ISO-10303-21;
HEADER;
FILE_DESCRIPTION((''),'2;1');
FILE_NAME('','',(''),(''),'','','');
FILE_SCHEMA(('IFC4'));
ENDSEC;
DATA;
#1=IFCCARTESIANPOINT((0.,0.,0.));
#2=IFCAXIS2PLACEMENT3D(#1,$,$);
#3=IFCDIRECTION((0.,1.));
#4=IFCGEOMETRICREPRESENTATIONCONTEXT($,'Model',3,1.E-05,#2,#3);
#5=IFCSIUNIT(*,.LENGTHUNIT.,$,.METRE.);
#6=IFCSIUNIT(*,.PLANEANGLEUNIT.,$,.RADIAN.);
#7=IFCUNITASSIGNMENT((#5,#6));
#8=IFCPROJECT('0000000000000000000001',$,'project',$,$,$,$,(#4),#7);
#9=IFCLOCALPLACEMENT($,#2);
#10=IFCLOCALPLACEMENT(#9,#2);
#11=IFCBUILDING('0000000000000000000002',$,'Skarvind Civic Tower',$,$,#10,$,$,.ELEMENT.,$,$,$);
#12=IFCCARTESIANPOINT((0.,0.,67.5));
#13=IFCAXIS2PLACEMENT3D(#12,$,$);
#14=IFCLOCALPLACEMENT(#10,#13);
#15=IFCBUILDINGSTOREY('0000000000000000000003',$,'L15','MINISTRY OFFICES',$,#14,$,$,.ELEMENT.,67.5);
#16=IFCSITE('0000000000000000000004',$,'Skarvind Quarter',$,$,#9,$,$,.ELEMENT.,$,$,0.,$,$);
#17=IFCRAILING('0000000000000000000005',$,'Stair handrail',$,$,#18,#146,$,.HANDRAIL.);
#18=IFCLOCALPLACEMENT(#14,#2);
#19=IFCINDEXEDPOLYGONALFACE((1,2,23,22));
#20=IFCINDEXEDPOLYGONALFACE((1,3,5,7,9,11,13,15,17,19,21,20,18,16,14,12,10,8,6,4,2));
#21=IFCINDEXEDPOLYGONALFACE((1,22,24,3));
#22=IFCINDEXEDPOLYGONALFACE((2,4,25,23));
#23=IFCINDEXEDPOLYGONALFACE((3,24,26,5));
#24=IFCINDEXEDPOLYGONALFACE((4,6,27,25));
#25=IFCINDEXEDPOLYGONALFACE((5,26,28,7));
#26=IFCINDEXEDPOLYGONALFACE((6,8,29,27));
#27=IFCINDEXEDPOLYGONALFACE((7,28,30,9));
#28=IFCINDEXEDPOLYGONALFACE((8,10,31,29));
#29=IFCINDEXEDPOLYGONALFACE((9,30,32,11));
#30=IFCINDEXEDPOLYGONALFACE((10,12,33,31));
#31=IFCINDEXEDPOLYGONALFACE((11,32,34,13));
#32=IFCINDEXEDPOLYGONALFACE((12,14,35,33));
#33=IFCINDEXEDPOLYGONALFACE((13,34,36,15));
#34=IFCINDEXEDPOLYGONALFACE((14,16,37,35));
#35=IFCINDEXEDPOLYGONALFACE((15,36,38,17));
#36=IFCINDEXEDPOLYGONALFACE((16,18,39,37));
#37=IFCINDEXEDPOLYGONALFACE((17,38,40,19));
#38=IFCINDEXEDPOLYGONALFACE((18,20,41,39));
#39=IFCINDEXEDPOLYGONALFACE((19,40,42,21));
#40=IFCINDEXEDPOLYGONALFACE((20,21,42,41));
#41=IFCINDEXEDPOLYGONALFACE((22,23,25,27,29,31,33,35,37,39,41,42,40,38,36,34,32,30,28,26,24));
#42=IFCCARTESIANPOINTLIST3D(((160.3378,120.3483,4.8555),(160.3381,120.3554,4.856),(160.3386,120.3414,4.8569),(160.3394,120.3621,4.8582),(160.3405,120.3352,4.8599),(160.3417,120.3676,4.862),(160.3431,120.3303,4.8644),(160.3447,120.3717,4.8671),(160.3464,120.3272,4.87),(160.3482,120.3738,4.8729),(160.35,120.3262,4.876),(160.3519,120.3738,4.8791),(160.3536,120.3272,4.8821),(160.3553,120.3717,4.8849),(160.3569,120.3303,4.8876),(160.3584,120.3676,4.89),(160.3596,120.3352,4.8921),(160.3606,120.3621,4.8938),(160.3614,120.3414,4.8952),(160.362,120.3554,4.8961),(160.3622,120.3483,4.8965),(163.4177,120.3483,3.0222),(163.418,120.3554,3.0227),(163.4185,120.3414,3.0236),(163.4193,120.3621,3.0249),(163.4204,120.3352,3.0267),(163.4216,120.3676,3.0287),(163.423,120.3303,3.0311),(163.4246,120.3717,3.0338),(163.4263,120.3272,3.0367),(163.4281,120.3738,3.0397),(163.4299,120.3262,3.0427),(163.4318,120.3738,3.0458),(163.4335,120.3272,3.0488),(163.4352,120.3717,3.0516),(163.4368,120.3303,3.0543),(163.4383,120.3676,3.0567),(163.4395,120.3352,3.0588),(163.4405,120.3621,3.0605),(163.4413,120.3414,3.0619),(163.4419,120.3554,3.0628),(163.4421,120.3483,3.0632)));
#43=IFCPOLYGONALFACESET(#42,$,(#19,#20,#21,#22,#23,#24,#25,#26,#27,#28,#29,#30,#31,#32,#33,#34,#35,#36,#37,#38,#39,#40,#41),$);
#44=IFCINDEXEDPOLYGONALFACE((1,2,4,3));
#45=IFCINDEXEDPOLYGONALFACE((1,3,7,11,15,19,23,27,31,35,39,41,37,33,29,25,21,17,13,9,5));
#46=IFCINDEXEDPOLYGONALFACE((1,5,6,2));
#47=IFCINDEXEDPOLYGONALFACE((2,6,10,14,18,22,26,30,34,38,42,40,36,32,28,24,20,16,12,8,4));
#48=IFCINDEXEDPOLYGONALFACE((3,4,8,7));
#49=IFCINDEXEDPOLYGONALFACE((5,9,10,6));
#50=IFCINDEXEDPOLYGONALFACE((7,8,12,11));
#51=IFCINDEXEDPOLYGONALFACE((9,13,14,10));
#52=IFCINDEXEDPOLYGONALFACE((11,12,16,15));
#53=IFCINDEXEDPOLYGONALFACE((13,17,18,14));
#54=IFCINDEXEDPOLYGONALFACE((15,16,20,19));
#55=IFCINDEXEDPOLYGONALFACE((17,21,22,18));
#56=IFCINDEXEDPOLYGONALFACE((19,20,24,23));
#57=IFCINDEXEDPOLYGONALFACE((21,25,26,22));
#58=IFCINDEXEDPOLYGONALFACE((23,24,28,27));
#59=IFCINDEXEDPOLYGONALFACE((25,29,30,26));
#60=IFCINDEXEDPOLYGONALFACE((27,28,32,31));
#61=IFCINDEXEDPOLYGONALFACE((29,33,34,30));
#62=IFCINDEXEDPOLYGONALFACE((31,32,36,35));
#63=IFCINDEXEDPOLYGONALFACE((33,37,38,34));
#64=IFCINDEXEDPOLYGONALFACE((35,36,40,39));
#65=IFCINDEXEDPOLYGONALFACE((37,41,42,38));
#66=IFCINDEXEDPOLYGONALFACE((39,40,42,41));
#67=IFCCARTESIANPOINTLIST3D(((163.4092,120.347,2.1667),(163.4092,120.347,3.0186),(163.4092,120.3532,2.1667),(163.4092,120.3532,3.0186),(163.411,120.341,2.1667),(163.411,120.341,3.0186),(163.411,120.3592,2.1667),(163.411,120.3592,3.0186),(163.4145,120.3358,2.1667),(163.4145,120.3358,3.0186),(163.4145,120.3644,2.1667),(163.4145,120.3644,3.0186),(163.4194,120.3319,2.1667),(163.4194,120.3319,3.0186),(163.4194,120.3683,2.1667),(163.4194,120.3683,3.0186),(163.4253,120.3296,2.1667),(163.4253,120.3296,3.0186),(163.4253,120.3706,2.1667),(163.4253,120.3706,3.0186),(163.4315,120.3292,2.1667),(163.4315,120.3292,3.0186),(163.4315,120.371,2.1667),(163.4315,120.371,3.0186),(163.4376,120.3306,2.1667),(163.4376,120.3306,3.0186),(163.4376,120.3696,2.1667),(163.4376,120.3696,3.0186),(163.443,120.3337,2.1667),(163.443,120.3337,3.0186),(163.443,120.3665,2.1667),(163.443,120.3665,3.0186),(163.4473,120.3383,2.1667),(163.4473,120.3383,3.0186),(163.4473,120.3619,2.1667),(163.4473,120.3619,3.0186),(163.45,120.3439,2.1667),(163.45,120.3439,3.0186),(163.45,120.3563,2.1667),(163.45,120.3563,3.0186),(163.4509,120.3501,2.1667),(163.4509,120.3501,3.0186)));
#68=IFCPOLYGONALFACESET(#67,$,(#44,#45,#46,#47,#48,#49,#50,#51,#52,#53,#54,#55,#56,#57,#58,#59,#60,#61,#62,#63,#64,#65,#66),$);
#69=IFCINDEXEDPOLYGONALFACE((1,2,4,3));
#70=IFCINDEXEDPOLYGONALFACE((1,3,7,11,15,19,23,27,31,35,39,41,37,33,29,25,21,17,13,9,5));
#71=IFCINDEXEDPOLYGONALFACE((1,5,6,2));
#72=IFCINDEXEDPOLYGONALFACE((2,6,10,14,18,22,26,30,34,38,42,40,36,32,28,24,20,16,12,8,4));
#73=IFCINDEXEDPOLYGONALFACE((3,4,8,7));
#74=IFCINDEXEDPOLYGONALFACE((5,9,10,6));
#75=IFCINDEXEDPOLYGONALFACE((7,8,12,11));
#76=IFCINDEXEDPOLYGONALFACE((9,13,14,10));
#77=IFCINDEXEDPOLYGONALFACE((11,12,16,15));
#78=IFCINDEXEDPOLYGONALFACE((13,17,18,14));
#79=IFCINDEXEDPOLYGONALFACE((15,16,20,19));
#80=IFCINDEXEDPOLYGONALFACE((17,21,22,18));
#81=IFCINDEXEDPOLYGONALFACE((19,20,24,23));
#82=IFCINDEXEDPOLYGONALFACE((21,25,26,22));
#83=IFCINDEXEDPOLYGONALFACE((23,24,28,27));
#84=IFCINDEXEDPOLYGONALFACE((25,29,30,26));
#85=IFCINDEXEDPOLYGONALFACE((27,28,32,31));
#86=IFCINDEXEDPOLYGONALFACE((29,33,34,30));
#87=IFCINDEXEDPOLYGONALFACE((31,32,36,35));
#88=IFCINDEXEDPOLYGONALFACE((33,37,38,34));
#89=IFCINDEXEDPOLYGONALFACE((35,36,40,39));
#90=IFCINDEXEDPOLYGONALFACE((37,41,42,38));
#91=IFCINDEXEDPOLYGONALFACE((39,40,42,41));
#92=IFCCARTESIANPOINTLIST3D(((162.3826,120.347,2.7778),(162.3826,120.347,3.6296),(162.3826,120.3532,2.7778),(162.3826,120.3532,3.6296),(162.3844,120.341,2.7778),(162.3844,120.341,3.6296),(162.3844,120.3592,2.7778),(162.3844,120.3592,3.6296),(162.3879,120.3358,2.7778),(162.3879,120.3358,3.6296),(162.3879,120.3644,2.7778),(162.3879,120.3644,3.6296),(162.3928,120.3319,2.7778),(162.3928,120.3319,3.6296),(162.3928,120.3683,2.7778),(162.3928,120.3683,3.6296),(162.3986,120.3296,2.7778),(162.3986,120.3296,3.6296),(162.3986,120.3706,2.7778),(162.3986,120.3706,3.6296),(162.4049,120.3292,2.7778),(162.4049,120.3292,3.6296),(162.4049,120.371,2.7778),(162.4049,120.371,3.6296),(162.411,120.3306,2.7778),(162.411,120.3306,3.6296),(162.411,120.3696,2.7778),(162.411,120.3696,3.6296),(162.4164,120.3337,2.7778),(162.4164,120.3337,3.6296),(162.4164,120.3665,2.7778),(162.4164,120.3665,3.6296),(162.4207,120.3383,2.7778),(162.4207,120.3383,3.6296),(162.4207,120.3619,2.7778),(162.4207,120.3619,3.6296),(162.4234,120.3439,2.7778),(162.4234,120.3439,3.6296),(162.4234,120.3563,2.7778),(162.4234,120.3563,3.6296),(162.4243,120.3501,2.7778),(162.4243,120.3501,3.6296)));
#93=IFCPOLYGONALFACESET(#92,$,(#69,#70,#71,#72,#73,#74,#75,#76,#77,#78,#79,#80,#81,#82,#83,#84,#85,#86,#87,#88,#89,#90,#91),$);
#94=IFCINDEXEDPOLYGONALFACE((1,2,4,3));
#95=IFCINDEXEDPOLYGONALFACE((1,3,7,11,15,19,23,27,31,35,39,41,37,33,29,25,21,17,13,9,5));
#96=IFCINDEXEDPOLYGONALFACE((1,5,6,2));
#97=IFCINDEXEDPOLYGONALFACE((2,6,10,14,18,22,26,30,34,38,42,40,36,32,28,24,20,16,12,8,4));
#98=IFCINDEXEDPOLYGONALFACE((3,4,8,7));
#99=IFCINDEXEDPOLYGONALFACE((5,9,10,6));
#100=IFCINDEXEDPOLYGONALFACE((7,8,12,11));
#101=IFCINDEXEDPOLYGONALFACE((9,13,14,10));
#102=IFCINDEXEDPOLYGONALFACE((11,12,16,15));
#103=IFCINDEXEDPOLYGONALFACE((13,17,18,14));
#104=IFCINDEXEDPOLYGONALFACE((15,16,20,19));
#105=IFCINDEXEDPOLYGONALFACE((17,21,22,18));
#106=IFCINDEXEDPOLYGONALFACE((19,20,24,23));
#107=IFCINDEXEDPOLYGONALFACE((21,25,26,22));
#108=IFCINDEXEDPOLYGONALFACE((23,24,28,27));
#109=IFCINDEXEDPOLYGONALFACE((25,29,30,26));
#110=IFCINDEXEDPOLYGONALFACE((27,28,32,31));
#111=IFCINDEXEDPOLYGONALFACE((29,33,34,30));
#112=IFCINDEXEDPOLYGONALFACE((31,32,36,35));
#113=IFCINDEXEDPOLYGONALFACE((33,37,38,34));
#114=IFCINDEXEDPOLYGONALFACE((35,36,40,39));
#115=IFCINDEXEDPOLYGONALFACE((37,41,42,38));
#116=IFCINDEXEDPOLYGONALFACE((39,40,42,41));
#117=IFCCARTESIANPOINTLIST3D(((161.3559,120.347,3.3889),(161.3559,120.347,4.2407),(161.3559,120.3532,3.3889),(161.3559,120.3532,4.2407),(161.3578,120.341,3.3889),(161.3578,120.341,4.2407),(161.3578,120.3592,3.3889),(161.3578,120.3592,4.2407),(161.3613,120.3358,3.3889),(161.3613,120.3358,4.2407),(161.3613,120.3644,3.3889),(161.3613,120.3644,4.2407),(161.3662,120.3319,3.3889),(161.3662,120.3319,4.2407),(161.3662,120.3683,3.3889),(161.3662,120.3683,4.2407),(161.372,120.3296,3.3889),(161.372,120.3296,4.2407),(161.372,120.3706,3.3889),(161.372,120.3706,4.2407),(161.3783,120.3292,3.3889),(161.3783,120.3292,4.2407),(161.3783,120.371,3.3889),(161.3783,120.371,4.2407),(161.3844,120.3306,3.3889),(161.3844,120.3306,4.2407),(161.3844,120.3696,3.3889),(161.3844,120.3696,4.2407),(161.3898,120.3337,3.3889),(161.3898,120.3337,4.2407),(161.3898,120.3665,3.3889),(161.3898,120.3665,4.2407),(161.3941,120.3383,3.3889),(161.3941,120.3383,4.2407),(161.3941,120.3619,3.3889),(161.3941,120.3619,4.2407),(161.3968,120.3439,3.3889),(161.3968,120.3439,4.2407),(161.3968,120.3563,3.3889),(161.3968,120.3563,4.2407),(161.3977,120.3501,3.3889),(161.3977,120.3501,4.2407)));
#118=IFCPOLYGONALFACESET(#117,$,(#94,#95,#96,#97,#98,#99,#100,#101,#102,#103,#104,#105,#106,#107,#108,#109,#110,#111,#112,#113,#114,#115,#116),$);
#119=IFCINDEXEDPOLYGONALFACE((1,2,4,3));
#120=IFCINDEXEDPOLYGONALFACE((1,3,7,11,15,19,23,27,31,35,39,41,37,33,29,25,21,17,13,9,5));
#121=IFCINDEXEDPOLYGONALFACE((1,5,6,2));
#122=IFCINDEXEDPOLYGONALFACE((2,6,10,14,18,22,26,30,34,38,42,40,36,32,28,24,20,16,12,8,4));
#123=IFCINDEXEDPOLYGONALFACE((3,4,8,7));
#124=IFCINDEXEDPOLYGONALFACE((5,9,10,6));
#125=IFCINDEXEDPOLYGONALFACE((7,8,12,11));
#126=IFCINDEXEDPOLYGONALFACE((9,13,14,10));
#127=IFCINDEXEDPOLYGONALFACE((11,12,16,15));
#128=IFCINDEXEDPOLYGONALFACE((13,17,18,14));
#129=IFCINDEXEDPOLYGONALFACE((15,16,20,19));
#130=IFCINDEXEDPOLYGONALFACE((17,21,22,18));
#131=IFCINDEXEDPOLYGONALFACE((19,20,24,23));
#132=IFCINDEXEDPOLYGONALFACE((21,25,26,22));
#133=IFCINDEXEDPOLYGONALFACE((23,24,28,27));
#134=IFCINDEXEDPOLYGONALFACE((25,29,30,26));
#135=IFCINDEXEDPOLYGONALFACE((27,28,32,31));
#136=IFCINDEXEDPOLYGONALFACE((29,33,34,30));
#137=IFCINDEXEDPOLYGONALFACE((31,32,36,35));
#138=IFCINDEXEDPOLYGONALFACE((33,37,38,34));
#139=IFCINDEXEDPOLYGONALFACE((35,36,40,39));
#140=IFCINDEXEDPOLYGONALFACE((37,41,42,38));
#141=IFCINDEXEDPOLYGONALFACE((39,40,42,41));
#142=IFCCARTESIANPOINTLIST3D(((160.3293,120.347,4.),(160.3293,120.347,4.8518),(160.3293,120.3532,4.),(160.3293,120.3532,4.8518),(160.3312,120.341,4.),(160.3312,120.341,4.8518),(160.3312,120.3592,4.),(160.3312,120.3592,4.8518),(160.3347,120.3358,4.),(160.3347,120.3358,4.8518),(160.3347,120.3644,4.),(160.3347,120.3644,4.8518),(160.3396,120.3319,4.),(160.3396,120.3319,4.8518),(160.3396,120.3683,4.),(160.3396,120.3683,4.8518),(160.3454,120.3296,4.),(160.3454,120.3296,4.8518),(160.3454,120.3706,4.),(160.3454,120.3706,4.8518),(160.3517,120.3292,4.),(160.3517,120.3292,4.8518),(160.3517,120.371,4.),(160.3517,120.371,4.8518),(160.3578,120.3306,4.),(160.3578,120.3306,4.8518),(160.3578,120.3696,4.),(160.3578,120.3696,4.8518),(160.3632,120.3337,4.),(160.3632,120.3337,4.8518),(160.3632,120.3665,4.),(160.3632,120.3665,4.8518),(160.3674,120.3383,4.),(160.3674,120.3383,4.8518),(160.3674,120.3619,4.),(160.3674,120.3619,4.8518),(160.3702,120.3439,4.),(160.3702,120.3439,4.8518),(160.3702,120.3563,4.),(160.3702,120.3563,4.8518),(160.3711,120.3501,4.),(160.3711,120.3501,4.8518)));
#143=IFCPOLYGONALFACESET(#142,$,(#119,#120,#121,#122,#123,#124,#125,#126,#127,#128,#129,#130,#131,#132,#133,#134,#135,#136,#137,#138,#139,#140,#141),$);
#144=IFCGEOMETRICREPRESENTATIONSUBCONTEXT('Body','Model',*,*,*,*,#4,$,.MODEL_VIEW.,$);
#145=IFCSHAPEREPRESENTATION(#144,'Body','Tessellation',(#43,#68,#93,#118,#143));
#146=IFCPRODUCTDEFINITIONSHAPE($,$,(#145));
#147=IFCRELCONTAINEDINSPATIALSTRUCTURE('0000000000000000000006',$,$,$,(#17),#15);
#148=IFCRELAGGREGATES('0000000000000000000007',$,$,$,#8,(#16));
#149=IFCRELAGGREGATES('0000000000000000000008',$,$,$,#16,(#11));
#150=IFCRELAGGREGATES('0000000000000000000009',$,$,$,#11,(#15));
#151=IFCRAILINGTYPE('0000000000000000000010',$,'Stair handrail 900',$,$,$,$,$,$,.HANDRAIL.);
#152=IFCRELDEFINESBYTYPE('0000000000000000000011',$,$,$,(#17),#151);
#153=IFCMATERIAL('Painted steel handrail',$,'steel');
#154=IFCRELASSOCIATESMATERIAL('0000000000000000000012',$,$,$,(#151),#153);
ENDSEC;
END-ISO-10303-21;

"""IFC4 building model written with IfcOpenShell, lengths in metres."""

from ifc_helpers import new_model, si_unit, direction, frame, origin, origin_2d, place, context, subcontext, project, spatial, circle, extrude, material, type_object, element, save


model = new_model("IFC4")

# Units and contexts
model_context = context("Model", 3, precision=1e-05, world=origin(), true_north=direction((0.0, 1.0)))
body_context = subcontext(model_context, "Body", "Model", "MODEL_VIEW")
ifc_project = project(units=[si_unit("LENGTHUNIT", "METRE"), si_unit("PLANEANGLEUNIT", "RADIAN")], contexts=[model_context])

# Site, building, storey
site_placement = place(None, origin())
site = spatial("IfcSite", under=ifc_project, at=site_placement, Name="Skarvind Quarter", CompositionType="ELEMENT", RefElevation=0.0)
building_placement = place(site_placement, origin())
building = spatial("IfcBuilding", under=site, at=building_placement, Name="Skarvind Civic Tower", CompositionType="ELEMENT")
storey_placement = place(building_placement, frame((0.0, 0.0, 67.5)))
storey = spatial("IfcBuildingStorey", under=building, at=storey_placement, Name="L15", Description="MINISTRY OFFICES", CompositionType="ELEMENT", Elevation=67.5)

# Railing
ifc_material_1 = material(Name="Painted steel handrail", Category="steel")
railing_type = type_object("IfcRailingType", Name="Stair handrail 900", PredefinedType="HANDRAIL", material=ifc_material_1)
railing_placement = place(storey_placement, frame((163.4299, 120.3501, 2.1667)))
element("IfcRailing", 1, at=railing_placement, inside=storey, type_object=railing_type, Name="Stair handrail", PredefinedType="HANDRAIL", context=body_context, shape_type="SweptSolid", body=[
    extrude(circle(Radius=0.0239, at=origin_2d()), frame((0.0, 0.0, 0.876), z_axis=(-0.859291, 0.0, 0.511487), x_axis=(0.0, -1.0, 0.0)), (0.0, 0.0, 1.0), 3.5842),
    extrude(circle(Radius=0.021, at=origin_2d()), origin(), (0.0, 0.0, 1.0), 0.8518),
    extrude(circle(Radius=0.021, at=origin_2d()), frame((-1.0266, 0.0, 0.6111)), (0.0, 0.0, 1.0), 0.8518),
    extrude(circle(Radius=0.021, at=origin_2d()), frame((-2.0532, 0.0, 1.2222)), (0.0, 0.0, 1.0), 0.8518),
    extrude(circle(Radius=0.021, at=origin_2d()), frame((-3.0798, 0.0, 1.8333)), (0.0, 0.0, 1.0), 0.8518),
])

save(model, "model.ifc")
